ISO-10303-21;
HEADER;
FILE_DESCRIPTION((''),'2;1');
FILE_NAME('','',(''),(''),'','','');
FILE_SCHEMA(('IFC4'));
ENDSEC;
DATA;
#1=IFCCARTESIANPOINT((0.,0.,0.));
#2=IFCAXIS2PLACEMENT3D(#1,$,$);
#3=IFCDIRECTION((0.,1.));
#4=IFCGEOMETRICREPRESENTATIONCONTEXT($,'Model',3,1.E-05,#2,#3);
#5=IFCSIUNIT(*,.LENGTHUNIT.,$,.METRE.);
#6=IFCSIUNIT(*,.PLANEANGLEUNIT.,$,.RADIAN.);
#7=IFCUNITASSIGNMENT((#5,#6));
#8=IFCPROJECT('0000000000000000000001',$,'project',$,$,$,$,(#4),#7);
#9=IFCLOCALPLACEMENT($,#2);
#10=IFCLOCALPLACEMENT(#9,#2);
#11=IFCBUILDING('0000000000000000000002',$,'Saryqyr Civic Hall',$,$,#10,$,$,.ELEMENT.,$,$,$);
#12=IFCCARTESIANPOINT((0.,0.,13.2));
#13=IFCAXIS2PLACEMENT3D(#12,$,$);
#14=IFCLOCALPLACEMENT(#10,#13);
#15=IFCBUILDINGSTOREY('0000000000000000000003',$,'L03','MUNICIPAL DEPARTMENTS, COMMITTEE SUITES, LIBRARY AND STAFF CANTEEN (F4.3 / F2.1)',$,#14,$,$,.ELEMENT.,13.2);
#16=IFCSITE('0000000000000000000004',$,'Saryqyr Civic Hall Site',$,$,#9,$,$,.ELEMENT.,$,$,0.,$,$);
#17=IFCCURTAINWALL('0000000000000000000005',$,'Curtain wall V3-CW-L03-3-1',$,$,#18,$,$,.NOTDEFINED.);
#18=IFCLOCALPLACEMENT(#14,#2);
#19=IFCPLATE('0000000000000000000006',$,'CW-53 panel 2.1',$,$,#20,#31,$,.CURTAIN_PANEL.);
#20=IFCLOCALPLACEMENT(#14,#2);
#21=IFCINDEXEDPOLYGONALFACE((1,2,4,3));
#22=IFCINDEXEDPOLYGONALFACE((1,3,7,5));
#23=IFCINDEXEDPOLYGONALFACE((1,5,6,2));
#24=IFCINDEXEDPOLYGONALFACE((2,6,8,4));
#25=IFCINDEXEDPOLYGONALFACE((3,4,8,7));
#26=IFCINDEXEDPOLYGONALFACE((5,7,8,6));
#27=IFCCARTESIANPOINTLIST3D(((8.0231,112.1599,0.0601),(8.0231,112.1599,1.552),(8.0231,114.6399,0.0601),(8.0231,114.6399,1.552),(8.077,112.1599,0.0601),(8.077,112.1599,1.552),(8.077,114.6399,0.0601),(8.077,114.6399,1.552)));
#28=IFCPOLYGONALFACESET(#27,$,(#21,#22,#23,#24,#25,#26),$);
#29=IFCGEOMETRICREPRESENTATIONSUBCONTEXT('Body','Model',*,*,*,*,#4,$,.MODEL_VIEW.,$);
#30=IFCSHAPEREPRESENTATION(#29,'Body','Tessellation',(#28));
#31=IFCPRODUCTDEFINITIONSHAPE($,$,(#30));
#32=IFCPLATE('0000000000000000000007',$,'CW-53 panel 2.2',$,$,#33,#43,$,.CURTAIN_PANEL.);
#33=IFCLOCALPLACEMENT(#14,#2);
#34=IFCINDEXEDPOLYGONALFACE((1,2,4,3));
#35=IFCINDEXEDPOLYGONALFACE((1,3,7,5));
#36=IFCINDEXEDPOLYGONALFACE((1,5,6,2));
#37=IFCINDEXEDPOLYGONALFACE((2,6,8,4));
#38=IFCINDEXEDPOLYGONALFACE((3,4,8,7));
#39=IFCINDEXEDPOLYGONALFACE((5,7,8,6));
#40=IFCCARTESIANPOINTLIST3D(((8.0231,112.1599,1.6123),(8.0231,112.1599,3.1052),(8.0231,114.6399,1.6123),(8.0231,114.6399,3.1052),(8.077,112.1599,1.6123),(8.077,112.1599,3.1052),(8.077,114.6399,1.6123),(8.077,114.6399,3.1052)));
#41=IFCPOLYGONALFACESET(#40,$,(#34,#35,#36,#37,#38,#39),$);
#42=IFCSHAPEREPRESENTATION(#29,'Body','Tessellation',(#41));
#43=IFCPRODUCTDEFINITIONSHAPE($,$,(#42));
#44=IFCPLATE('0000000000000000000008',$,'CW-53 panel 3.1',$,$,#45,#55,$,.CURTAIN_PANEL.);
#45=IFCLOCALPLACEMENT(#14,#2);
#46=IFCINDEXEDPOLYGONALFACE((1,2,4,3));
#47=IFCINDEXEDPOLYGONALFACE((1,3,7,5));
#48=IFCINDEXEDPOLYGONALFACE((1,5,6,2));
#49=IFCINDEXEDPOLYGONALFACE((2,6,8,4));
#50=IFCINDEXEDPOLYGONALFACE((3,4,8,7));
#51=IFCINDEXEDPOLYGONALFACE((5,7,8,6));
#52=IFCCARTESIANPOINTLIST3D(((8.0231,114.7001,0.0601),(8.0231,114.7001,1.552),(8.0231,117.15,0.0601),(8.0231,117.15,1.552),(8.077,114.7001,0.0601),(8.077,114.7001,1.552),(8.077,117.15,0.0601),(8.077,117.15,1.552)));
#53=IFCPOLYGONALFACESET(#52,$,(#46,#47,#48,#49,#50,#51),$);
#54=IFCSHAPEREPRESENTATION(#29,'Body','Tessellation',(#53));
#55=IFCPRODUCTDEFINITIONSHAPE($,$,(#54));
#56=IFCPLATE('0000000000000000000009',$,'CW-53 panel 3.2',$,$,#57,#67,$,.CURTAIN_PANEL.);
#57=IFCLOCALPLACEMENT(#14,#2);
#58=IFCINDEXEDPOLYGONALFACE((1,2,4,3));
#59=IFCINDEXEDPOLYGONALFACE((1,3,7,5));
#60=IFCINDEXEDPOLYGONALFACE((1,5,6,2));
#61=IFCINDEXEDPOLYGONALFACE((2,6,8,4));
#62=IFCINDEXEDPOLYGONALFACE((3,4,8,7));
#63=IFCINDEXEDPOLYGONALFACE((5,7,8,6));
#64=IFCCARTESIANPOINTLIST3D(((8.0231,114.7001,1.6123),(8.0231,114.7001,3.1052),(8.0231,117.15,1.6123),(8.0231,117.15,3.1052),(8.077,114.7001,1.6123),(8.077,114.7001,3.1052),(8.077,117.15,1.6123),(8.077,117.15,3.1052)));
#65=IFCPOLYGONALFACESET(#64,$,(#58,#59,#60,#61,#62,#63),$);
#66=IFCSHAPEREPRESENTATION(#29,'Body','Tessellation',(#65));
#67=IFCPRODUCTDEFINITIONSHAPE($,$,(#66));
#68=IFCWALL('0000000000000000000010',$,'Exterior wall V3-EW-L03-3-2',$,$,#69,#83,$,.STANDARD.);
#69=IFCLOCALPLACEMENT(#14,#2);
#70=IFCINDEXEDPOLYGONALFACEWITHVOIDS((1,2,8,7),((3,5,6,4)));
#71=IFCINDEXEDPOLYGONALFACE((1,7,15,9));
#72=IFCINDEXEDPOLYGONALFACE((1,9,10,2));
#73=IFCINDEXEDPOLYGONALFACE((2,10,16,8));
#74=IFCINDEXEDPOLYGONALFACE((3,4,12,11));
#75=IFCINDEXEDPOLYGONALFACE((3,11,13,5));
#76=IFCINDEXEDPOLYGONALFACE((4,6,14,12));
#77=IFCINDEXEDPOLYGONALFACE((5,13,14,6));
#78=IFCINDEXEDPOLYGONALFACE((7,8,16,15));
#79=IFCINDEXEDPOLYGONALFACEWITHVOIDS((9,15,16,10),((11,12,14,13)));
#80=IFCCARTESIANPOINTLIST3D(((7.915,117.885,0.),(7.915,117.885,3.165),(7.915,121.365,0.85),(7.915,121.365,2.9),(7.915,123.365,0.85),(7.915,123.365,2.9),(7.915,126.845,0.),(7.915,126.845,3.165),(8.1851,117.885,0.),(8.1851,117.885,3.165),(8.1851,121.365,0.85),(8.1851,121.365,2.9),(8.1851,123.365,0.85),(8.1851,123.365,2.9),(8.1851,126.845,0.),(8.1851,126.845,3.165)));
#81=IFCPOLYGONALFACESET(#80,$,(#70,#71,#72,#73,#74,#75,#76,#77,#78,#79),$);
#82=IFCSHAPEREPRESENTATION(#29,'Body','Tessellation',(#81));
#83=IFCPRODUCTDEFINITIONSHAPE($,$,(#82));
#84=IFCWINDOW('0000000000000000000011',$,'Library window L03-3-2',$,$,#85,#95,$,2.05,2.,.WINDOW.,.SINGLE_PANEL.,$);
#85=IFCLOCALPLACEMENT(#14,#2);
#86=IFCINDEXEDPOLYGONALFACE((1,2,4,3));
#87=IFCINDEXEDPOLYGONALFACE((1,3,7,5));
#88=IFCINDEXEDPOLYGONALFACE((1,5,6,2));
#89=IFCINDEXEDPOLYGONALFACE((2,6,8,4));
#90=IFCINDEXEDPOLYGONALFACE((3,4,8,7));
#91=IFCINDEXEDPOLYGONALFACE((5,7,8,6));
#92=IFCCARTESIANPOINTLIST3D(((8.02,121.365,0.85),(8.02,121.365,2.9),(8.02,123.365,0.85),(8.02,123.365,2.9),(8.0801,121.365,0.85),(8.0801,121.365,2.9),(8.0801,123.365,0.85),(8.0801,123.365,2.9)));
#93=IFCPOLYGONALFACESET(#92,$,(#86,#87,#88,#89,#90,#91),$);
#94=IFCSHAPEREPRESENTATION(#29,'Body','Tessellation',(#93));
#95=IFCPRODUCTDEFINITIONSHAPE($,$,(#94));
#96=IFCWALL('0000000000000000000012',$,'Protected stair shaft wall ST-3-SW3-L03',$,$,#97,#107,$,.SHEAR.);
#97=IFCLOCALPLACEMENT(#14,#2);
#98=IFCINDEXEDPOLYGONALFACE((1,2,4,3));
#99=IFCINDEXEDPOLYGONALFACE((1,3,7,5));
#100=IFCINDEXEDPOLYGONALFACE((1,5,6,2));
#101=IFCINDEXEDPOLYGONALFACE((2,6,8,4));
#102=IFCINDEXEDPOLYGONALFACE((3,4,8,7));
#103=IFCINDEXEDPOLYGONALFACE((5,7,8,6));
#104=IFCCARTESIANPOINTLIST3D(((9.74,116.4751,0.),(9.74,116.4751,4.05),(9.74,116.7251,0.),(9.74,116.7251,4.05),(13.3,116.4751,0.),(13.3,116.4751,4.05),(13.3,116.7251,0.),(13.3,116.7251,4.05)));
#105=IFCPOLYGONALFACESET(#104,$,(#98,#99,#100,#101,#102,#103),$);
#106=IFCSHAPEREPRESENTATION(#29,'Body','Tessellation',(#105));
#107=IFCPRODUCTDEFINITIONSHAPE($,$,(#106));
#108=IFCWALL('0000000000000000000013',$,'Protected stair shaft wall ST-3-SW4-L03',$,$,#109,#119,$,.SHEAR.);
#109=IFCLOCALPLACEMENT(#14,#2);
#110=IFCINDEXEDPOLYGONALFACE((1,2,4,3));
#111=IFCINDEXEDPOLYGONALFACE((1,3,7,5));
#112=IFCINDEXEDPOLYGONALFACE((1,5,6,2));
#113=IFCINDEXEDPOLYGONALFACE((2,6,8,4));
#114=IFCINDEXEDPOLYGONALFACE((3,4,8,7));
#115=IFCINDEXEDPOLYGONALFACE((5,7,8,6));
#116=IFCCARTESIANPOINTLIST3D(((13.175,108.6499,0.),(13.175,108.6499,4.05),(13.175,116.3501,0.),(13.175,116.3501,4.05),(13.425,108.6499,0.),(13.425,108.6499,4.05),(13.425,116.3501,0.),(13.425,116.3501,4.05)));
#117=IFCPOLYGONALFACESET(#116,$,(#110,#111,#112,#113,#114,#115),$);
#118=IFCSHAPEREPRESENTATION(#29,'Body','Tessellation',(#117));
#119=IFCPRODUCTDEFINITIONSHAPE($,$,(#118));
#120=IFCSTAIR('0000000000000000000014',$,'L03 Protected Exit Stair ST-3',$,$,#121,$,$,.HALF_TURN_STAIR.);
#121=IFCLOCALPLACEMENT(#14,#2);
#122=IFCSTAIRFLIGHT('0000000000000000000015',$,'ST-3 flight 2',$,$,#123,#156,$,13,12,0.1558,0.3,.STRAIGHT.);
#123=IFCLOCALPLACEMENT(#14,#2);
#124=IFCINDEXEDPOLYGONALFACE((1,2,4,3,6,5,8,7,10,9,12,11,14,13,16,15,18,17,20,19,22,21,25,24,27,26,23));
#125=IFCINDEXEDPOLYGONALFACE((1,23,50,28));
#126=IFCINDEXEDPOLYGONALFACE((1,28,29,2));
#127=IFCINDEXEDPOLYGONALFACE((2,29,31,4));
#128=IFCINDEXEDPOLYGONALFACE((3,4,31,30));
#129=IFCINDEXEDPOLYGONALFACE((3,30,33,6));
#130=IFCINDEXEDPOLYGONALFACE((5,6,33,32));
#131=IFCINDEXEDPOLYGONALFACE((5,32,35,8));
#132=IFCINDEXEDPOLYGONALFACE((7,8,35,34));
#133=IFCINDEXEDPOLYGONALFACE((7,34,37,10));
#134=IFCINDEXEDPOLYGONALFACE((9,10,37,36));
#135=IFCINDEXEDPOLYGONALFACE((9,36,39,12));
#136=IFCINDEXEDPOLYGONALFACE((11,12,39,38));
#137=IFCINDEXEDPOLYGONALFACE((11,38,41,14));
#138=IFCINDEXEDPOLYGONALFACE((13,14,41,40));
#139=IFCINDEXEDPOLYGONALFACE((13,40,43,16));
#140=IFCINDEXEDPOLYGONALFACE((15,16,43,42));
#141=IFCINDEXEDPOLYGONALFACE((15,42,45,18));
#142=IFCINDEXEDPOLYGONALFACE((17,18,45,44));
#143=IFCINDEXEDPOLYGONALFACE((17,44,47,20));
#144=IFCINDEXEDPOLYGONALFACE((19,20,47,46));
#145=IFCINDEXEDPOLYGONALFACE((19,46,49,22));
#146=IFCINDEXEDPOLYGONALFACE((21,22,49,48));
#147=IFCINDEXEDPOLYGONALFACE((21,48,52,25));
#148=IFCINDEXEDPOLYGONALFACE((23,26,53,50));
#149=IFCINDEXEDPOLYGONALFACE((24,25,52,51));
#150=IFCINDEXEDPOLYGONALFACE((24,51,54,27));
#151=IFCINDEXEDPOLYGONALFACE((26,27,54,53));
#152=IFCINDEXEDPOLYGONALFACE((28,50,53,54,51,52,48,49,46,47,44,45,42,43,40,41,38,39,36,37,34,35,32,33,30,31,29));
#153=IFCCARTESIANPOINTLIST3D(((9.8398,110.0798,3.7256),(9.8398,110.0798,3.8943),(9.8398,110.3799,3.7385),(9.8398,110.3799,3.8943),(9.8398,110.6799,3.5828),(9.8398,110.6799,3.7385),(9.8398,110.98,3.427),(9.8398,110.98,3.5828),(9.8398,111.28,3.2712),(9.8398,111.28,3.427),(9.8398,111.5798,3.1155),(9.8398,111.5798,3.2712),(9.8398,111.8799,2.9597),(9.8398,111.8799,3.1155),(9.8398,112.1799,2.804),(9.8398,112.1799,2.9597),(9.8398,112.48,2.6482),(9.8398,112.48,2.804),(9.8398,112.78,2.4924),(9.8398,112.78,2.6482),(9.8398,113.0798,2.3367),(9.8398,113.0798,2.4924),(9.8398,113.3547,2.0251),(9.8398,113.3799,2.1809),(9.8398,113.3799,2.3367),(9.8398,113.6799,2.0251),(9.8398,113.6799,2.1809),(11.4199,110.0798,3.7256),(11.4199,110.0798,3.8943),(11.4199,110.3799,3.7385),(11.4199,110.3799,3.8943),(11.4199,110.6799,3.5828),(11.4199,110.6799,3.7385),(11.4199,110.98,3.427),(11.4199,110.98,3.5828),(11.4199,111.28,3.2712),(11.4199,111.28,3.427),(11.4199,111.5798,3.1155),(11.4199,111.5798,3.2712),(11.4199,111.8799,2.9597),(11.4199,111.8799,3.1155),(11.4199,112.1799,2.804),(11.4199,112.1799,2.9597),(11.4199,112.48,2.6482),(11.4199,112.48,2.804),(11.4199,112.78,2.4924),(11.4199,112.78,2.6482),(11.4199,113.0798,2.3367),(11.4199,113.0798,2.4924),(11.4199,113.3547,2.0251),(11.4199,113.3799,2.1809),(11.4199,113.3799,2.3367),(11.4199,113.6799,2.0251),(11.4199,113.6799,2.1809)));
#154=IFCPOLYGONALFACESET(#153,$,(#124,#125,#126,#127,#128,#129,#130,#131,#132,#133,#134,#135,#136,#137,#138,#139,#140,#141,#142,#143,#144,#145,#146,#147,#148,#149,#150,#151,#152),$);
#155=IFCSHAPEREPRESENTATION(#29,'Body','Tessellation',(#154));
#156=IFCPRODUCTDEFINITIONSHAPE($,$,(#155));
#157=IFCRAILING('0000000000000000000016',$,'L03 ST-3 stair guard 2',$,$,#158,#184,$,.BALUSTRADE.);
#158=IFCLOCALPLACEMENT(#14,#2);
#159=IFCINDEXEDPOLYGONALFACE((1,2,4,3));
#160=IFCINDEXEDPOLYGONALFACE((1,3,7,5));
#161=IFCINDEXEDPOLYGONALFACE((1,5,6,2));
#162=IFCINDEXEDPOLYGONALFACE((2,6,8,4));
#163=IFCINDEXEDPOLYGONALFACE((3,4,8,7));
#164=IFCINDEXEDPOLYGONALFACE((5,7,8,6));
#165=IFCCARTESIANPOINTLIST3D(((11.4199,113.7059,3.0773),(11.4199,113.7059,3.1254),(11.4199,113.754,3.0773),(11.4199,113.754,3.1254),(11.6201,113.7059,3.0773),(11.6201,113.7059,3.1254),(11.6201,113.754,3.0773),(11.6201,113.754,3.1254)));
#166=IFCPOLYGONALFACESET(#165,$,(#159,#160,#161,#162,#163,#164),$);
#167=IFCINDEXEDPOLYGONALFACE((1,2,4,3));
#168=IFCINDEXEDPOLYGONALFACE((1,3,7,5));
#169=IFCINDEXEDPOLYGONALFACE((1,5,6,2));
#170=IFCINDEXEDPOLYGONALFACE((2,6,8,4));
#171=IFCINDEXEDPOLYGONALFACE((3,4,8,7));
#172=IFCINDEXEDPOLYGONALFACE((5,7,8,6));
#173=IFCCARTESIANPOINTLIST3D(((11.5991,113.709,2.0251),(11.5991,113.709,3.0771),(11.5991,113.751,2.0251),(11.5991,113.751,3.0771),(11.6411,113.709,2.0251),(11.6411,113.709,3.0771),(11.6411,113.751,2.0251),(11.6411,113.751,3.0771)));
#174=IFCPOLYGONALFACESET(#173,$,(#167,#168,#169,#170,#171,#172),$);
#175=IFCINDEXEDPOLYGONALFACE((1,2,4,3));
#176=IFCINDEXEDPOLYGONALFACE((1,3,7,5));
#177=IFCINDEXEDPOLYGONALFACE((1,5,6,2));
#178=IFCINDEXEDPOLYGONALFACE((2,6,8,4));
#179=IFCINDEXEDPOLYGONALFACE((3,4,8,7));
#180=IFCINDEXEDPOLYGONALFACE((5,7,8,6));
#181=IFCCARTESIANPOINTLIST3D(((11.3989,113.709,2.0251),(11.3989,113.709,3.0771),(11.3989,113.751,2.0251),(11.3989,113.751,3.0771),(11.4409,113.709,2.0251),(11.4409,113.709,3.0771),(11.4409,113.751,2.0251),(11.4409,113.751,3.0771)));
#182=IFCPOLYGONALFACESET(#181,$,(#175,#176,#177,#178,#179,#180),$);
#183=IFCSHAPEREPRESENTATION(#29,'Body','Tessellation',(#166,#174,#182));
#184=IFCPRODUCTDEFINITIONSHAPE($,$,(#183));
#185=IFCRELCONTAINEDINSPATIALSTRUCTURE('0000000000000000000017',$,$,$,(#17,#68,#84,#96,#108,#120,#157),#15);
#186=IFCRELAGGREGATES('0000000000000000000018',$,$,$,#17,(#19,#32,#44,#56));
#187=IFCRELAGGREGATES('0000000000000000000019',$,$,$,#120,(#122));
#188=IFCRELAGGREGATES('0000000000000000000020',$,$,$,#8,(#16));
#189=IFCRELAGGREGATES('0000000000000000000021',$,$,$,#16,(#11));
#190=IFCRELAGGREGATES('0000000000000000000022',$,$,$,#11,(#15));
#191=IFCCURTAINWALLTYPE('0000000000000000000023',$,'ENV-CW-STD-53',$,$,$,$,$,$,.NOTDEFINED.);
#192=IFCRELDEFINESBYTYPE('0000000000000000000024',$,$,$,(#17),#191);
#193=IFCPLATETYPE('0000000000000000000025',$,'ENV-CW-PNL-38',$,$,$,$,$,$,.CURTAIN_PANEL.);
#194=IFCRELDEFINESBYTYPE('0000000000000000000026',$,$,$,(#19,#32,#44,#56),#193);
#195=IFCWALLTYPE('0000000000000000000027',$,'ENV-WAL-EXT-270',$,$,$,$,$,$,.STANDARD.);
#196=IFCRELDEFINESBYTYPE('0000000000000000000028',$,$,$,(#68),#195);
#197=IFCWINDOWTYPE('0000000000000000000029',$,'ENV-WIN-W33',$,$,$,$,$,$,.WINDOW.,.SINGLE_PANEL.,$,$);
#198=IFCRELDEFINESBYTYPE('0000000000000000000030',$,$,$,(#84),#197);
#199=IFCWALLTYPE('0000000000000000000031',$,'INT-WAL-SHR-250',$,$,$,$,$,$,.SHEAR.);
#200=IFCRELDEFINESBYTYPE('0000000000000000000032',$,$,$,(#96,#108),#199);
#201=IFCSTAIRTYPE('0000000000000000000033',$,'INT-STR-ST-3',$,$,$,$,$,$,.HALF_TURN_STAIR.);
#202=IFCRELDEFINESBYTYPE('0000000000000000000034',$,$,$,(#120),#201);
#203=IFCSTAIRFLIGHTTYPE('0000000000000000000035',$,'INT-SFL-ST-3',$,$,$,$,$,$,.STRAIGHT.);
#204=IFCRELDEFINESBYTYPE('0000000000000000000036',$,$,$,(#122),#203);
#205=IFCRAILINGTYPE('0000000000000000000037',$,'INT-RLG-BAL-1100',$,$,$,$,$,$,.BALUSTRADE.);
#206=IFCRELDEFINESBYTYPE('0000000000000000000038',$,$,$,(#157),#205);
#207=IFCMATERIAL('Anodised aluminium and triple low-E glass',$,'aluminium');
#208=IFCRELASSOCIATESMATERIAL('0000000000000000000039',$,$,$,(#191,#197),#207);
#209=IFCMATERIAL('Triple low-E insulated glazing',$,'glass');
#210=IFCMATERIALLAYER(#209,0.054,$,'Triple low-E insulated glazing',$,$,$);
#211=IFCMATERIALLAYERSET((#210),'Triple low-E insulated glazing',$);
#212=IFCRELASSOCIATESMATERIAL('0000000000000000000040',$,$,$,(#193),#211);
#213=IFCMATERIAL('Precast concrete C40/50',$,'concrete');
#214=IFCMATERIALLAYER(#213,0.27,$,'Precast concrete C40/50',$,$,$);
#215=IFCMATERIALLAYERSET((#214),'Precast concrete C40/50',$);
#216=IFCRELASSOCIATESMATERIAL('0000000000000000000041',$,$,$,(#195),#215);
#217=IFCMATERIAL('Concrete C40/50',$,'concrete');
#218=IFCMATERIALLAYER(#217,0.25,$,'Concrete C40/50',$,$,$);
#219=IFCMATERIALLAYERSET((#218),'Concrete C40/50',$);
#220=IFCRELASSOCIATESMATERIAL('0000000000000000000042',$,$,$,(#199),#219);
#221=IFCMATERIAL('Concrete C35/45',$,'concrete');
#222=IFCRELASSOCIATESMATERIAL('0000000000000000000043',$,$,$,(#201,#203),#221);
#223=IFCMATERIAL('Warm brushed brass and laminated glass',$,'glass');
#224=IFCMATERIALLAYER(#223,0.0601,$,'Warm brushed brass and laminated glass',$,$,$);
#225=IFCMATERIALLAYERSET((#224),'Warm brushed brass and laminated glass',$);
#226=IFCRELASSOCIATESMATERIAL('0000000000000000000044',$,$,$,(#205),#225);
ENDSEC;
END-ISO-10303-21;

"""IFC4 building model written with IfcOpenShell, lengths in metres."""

from ifc_helpers import new_model, si_unit, direction, frame, frame_2d, origin, origin_2d, place, context, subcontext, project, spatial, polyline, rectangle, outline, extrude, material, layer, layer_set, type_object, element, fill, aggregate, save


model = new_model("IFC4")

# Units and contexts
model_context = context("Model", 3, precision=1e-05, world=origin(), true_north=direction((0.0, 1.0)))
body_context = subcontext(model_context, "Body", "Model", "MODEL_VIEW")
ifc_project = project(units=[si_unit("LENGTHUNIT", "METRE"), si_unit("PLANEANGLEUNIT", "RADIAN")], contexts=[model_context])

# Site, building, storey
site_placement = place(None, origin())
site = spatial("IfcSite", under=ifc_project, at=site_placement, Name="Saryqyr Civic Hall Site", CompositionType="ELEMENT", RefElevation=0.0)
building_placement = place(site_placement, origin())
building = spatial("IfcBuilding", under=site, at=building_placement, Name="Saryqyr Civic Hall", CompositionType="ELEMENT")
storey_placement = place(building_placement, frame((0.0, 0.0, 13.2)))
storey = spatial("IfcBuildingStorey", under=building, at=storey_placement, Name="L03", Description="MUNICIPAL DEPARTMENTS, COMMITTEE SUITES, LIBRARY AND STAFF CANTEEN (F4.3 / F2.1)", CompositionType="ELEMENT", Elevation=13.2)

# Shared definitions
ifc_material_1 = material(Name="Concrete C40/50", Category="concrete")

# Curtain wall
ifc_material_2 = material(Name="Anodised aluminium and triple low-E glass", Category="aluminium")
curtain_wall_type = type_object("IfcCurtainWallType", Name="ENV-CW-STD-53", PredefinedType="NOTDEFINED", material=ifc_material_2)
curtain_wall_placement = place(storey_placement, origin())
curtain_wall = element("IfcCurtainWall", 1, at=curtain_wall_placement, inside=storey, type_object=curtain_wall_type, Name="Curtain wall V3-CW-L03-3-1", PredefinedType="NOTDEFINED")

# Plates
ifc_material_3 = material(Name="Triple low-E insulated glazing", Category="glass")
ifc_layer_1 = layer(ifc_material_3, 0.054, Name="Triple low-E insulated glazing")
ifc_layer_set_1 = layer_set([ifc_layer_1], Name="Triple low-E insulated glazing")
plate_type = type_object("IfcPlateType", Name="ENV-CW-PNL-38", PredefinedType="CURTAIN_PANEL", material=ifc_layer_set_1)
plate_1_placement = place(storey_placement, frame((8.05, 113.3999, 0.0601), z_axis=(0.0, 0.0, 1.0), x_axis=(0.0, 1.0, 0.0)))
plate_1 = element("IfcPlate", 2, at=plate_1_placement, type_object=plate_type, Name="CW-53 panel 2.1", PredefinedType="CURTAIN_PANEL", context=body_context, shape_type="SweptSolid", body=[
    extrude(rectangle(XDim=2.48, YDim=0.054, at=origin_2d()), origin(), (0.0, 0.0, 1.0), 1.4919),
])
plate_2_placement = place(storey_placement, frame((8.05, 113.3999, 1.6123), z_axis=(0.0, 0.0, 1.0), x_axis=(0.0, 1.0, 0.0)))
plate_2 = element("IfcPlate", 3, at=plate_2_placement, type_object=plate_type, Name="CW-53 panel 2.2", PredefinedType="CURTAIN_PANEL", context=body_context, shape_type="SweptSolid", body=[
    extrude(rectangle(XDim=2.48, YDim=0.054, at=origin_2d()), origin(), (0.0, 0.0, 1.0), 1.4929),
])
plate_3_placement = place(storey_placement, frame((8.05, 115.925, 0.0601), z_axis=(0.0, 0.0, 1.0), x_axis=(0.0, 1.0, 0.0)))
plate_3 = element("IfcPlate", 4, at=plate_3_placement, type_object=plate_type, Name="CW-53 panel 3.1", PredefinedType="CURTAIN_PANEL", context=body_context, shape_type="SweptSolid", body=[
    extrude(rectangle(XDim=2.45, YDim=0.054, at=origin_2d()), origin(), (0.0, 0.0, 1.0), 1.4919),
])
plate_4_placement = place(storey_placement, frame((8.05, 115.925, 1.6123), z_axis=(0.0, 0.0, 1.0), x_axis=(0.0, 1.0, 0.0)))
plate_4 = element("IfcPlate", 5, at=plate_4_placement, type_object=plate_type, Name="CW-53 panel 3.2", PredefinedType="CURTAIN_PANEL", context=body_context, shape_type="SweptSolid", body=[
    extrude(rectangle(XDim=2.45, YDim=0.054, at=origin_2d()), origin(), (0.0, 0.0, 1.0), 1.4929),
])
aggregate(curtain_wall, [plate_1, plate_2, plate_3, plate_4])

# Wall, opening, window
ifc_material_4 = material(Name="Precast concrete C40/50", Category="concrete")
ifc_layer_2 = layer(ifc_material_4, 0.27, Name="Precast concrete C40/50")
ifc_layer_set_2 = layer_set([ifc_layer_2], Name="Precast concrete C40/50")
wall_type_1 = type_object("IfcWallType", Name="ENV-WAL-EXT-270", PredefinedType="STANDARD", material=ifc_layer_set_2)
wall_1_placement = place(storey_placement, frame((8.05, 117.885, 0.0), z_axis=(0.0, 0.0, 1.0), x_axis=(0.0, 1.0, 0.0)))
wall_1 = element("IfcWall", 6, at=wall_1_placement, inside=storey, type_object=wall_type_1, Name="Exterior wall V3-EW-L03-3-2", PredefinedType="STANDARD", context=body_context, shape_type="SweptSolid", body=[
    extrude(rectangle(XDim=8.96, YDim=0.27, at=frame_2d((4.48, 0.0))), origin(), (0.0, 0.0, 1.0), 3.165),
])
opening_placement = place(wall_1_placement, frame((3.48, 0.0, 0.8501)))
opening = element("IfcOpeningElement", 7, at=opening_placement, cuts=wall_1, PredefinedType="OPENING", context=body_context, shape_type="SweptSolid", body=[
    extrude(rectangle(XDim=2.0, YDim=2.05, at=frame_2d((1.0, 1.0249))), frame((0.0, 0.145, 0.0), z_axis=(0.0, -1.0, 0.0), x_axis=(1.0, 0.0, 0.0)), (0.0, 0.0, 1.0), 0.29),
])
window_type = type_object("IfcWindowType", Name="ENV-WIN-W33", PartitioningType="SINGLE_PANEL", PredefinedType="WINDOW", material=ifc_material_2)
window_placement = place(opening_placement, origin())
window = element("IfcWindow", 8, at=window_placement, inside=storey, type_object=window_type, Name="Library window L03-3-2", OverallHeight=2.05, OverallWidth=2.0, PartitioningType="SINGLE_PANEL", PredefinedType="WINDOW", context=body_context, shape_type="SweptSolid", body=[
    extrude(rectangle(XDim=2.0, YDim=2.05, at=frame_2d((1.0, 1.0249))), frame((0.0, 0.03, 0.0), z_axis=(0.0, -1.0, 0.0), x_axis=(1.0, 0.0, 0.0)), (0.0, 0.0, 1.0), 0.0601),
])
fill(opening, window)

# Walls
ifc_layer_3 = layer(ifc_material_1, 0.25, Name="Concrete C40/50")
ifc_layer_set_3 = layer_set([ifc_layer_3], Name="Concrete C40/50")
wall_type_2 = type_object("IfcWallType", Name="INT-WAL-SHR-250", PredefinedType="SHEAR", material=ifc_layer_set_3)
wall_2_placement = place(storey_placement, frame((9.74, 116.6001, 0.0), z_axis=(0.0, 0.0, 1.0), x_axis=(1.0, 0.0, 0.0)))
element("IfcWall", 9, at=wall_2_placement, inside=storey, type_object=wall_type_2, Name="Protected stair shaft wall ST-3-SW3-L03", PredefinedType="SHEAR", context=body_context, shape_type="SweptSolid", body=[
    extrude(rectangle(XDim=3.5601, YDim=0.25, at=frame_2d((1.78, 0.0))), origin(), (0.0, 0.0, 1.0), 4.05),
])
wall_3_placement = place(storey_placement, frame((13.3, 116.3501, 0.0), z_axis=(0.0, 0.0, 1.0), x_axis=(0.0, -1.0, 0.0)))
element("IfcWall", 10, at=wall_3_placement, inside=storey, type_object=wall_type_2, Name="Protected stair shaft wall ST-3-SW4-L03", PredefinedType="SHEAR", context=body_context, shape_type="SweptSolid", body=[
    extrude(rectangle(XDim=7.7002, YDim=0.25, at=frame_2d((3.8501, 0.0))), origin(), (0.0, 0.0, 1.0), 4.05),
])

# Stair, stair flight
ifc_material_5 = material(Name="Concrete C35/45", Category="concrete")
stair_type = type_object("IfcStairType", Name="INT-STR-ST-3", PredefinedType="HALF_TURN_STAIR", material=ifc_material_5)
stair_placement = place(storey_placement, origin())
stair = element("IfcStair", 11, at=stair_placement, inside=storey, type_object=stair_type, Name="L03 Protected Exit Stair ST-3", PredefinedType="HALF_TURN_STAIR")
stair_flight_type = type_object("IfcStairFlightType", Name="INT-SFL-ST-3", PredefinedType="STRAIGHT", material=ifc_material_5)
stair_flight_placement = place(storey_placement, frame((10.6299, 113.6799, 2.0251), z_axis=(0.0, 0.0, 1.0), x_axis=(0.0, -1.0, 0.0)))
stair_flight = element("IfcStairFlight", 12, at=stair_flight_placement, type_object=stair_flight_type, Name="ST-3 flight 2", NumberOfRisers=13, NumberOfTreads=12, PredefinedType="STRAIGHT", RiserHeight=0.1558, TreadLength=0.3, context=body_context, shape_type="SweptSolid", body=[
    extrude(outline(polyline([(0.0, 0.0), (0.0, 0.1558), (0.3, 0.1558), (0.3, 0.3115), (0.6001, 0.3115), (0.6001, 0.4673), (0.8999, 0.4673), (0.8999, 0.623), (1.2, 0.623), (1.2, 0.7788), (1.5, 0.7788), (1.5, 0.9346), (1.8, 0.9346), (1.8, 1.0903), (2.1001, 1.0903), (2.1001, 1.2461), (2.3999, 1.2461), (2.3999, 1.4019), (2.7, 1.4019), (2.7, 1.5576), (3.0, 1.5576), (3.0, 1.7134), (3.3, 1.7134), (3.3, 1.8691), (3.6001, 1.8691), (3.6001, 2.0249), (3.6001, 1.7004), (0.3252, 0.0), (0.0, 0.0)])), frame((0.0, 0.79, 0.0), z_axis=(0.0, -1.0, 0.0), x_axis=(1.0, 0.0, 0.0)), (0.0, 0.0, 1.0), 1.5801),
])
aggregate(stair, [stair_flight])

# Railing
ifc_material_6 = material(Name="Warm brushed brass and laminated glass", Category="glass")
ifc_layer_4 = layer(ifc_material_6, 0.0601, Name="Warm brushed brass and laminated glass")
ifc_layer_set_4 = layer_set([ifc_layer_4], Name="Warm brushed brass and laminated glass")
railing_type_1 = type_object("IfcRailingType", Name="INT-RLG-BAL-1100", PredefinedType="BALUSTRADE", material=ifc_layer_set_4)
railing_1_placement = place(storey_placement, frame((11.6201, 113.73, 2.0251)))
element("IfcRailing", 13, at=railing_1_placement, inside=storey, type_object=railing_type_1, Name="L03 ST-3 stair guard 2", PredefinedType="BALUSTRADE", context=body_context, shape_type="SweptSolid", body=[
    extrude(rectangle(XDim=0.0481, YDim=0.0481, at=origin_2d()), frame((0.0, 0.0, 1.0762), z_axis=(-1.0, 0.0, 0.0), x_axis=(0.0, -1.0, 0.0)), (0.0, 0.0, 1.0), 0.2002),
    extrude(rectangle(XDim=0.042, YDim=0.042, at=origin_2d()), origin(), (0.0, 0.0, 1.0), 1.052),
    extrude(rectangle(XDim=0.042, YDim=0.042, at=origin_2d()), frame((-0.2002, 0.0, 0.0)), (0.0, 0.0, 1.0), 1.052),
])

save(model, "model.ifc")
